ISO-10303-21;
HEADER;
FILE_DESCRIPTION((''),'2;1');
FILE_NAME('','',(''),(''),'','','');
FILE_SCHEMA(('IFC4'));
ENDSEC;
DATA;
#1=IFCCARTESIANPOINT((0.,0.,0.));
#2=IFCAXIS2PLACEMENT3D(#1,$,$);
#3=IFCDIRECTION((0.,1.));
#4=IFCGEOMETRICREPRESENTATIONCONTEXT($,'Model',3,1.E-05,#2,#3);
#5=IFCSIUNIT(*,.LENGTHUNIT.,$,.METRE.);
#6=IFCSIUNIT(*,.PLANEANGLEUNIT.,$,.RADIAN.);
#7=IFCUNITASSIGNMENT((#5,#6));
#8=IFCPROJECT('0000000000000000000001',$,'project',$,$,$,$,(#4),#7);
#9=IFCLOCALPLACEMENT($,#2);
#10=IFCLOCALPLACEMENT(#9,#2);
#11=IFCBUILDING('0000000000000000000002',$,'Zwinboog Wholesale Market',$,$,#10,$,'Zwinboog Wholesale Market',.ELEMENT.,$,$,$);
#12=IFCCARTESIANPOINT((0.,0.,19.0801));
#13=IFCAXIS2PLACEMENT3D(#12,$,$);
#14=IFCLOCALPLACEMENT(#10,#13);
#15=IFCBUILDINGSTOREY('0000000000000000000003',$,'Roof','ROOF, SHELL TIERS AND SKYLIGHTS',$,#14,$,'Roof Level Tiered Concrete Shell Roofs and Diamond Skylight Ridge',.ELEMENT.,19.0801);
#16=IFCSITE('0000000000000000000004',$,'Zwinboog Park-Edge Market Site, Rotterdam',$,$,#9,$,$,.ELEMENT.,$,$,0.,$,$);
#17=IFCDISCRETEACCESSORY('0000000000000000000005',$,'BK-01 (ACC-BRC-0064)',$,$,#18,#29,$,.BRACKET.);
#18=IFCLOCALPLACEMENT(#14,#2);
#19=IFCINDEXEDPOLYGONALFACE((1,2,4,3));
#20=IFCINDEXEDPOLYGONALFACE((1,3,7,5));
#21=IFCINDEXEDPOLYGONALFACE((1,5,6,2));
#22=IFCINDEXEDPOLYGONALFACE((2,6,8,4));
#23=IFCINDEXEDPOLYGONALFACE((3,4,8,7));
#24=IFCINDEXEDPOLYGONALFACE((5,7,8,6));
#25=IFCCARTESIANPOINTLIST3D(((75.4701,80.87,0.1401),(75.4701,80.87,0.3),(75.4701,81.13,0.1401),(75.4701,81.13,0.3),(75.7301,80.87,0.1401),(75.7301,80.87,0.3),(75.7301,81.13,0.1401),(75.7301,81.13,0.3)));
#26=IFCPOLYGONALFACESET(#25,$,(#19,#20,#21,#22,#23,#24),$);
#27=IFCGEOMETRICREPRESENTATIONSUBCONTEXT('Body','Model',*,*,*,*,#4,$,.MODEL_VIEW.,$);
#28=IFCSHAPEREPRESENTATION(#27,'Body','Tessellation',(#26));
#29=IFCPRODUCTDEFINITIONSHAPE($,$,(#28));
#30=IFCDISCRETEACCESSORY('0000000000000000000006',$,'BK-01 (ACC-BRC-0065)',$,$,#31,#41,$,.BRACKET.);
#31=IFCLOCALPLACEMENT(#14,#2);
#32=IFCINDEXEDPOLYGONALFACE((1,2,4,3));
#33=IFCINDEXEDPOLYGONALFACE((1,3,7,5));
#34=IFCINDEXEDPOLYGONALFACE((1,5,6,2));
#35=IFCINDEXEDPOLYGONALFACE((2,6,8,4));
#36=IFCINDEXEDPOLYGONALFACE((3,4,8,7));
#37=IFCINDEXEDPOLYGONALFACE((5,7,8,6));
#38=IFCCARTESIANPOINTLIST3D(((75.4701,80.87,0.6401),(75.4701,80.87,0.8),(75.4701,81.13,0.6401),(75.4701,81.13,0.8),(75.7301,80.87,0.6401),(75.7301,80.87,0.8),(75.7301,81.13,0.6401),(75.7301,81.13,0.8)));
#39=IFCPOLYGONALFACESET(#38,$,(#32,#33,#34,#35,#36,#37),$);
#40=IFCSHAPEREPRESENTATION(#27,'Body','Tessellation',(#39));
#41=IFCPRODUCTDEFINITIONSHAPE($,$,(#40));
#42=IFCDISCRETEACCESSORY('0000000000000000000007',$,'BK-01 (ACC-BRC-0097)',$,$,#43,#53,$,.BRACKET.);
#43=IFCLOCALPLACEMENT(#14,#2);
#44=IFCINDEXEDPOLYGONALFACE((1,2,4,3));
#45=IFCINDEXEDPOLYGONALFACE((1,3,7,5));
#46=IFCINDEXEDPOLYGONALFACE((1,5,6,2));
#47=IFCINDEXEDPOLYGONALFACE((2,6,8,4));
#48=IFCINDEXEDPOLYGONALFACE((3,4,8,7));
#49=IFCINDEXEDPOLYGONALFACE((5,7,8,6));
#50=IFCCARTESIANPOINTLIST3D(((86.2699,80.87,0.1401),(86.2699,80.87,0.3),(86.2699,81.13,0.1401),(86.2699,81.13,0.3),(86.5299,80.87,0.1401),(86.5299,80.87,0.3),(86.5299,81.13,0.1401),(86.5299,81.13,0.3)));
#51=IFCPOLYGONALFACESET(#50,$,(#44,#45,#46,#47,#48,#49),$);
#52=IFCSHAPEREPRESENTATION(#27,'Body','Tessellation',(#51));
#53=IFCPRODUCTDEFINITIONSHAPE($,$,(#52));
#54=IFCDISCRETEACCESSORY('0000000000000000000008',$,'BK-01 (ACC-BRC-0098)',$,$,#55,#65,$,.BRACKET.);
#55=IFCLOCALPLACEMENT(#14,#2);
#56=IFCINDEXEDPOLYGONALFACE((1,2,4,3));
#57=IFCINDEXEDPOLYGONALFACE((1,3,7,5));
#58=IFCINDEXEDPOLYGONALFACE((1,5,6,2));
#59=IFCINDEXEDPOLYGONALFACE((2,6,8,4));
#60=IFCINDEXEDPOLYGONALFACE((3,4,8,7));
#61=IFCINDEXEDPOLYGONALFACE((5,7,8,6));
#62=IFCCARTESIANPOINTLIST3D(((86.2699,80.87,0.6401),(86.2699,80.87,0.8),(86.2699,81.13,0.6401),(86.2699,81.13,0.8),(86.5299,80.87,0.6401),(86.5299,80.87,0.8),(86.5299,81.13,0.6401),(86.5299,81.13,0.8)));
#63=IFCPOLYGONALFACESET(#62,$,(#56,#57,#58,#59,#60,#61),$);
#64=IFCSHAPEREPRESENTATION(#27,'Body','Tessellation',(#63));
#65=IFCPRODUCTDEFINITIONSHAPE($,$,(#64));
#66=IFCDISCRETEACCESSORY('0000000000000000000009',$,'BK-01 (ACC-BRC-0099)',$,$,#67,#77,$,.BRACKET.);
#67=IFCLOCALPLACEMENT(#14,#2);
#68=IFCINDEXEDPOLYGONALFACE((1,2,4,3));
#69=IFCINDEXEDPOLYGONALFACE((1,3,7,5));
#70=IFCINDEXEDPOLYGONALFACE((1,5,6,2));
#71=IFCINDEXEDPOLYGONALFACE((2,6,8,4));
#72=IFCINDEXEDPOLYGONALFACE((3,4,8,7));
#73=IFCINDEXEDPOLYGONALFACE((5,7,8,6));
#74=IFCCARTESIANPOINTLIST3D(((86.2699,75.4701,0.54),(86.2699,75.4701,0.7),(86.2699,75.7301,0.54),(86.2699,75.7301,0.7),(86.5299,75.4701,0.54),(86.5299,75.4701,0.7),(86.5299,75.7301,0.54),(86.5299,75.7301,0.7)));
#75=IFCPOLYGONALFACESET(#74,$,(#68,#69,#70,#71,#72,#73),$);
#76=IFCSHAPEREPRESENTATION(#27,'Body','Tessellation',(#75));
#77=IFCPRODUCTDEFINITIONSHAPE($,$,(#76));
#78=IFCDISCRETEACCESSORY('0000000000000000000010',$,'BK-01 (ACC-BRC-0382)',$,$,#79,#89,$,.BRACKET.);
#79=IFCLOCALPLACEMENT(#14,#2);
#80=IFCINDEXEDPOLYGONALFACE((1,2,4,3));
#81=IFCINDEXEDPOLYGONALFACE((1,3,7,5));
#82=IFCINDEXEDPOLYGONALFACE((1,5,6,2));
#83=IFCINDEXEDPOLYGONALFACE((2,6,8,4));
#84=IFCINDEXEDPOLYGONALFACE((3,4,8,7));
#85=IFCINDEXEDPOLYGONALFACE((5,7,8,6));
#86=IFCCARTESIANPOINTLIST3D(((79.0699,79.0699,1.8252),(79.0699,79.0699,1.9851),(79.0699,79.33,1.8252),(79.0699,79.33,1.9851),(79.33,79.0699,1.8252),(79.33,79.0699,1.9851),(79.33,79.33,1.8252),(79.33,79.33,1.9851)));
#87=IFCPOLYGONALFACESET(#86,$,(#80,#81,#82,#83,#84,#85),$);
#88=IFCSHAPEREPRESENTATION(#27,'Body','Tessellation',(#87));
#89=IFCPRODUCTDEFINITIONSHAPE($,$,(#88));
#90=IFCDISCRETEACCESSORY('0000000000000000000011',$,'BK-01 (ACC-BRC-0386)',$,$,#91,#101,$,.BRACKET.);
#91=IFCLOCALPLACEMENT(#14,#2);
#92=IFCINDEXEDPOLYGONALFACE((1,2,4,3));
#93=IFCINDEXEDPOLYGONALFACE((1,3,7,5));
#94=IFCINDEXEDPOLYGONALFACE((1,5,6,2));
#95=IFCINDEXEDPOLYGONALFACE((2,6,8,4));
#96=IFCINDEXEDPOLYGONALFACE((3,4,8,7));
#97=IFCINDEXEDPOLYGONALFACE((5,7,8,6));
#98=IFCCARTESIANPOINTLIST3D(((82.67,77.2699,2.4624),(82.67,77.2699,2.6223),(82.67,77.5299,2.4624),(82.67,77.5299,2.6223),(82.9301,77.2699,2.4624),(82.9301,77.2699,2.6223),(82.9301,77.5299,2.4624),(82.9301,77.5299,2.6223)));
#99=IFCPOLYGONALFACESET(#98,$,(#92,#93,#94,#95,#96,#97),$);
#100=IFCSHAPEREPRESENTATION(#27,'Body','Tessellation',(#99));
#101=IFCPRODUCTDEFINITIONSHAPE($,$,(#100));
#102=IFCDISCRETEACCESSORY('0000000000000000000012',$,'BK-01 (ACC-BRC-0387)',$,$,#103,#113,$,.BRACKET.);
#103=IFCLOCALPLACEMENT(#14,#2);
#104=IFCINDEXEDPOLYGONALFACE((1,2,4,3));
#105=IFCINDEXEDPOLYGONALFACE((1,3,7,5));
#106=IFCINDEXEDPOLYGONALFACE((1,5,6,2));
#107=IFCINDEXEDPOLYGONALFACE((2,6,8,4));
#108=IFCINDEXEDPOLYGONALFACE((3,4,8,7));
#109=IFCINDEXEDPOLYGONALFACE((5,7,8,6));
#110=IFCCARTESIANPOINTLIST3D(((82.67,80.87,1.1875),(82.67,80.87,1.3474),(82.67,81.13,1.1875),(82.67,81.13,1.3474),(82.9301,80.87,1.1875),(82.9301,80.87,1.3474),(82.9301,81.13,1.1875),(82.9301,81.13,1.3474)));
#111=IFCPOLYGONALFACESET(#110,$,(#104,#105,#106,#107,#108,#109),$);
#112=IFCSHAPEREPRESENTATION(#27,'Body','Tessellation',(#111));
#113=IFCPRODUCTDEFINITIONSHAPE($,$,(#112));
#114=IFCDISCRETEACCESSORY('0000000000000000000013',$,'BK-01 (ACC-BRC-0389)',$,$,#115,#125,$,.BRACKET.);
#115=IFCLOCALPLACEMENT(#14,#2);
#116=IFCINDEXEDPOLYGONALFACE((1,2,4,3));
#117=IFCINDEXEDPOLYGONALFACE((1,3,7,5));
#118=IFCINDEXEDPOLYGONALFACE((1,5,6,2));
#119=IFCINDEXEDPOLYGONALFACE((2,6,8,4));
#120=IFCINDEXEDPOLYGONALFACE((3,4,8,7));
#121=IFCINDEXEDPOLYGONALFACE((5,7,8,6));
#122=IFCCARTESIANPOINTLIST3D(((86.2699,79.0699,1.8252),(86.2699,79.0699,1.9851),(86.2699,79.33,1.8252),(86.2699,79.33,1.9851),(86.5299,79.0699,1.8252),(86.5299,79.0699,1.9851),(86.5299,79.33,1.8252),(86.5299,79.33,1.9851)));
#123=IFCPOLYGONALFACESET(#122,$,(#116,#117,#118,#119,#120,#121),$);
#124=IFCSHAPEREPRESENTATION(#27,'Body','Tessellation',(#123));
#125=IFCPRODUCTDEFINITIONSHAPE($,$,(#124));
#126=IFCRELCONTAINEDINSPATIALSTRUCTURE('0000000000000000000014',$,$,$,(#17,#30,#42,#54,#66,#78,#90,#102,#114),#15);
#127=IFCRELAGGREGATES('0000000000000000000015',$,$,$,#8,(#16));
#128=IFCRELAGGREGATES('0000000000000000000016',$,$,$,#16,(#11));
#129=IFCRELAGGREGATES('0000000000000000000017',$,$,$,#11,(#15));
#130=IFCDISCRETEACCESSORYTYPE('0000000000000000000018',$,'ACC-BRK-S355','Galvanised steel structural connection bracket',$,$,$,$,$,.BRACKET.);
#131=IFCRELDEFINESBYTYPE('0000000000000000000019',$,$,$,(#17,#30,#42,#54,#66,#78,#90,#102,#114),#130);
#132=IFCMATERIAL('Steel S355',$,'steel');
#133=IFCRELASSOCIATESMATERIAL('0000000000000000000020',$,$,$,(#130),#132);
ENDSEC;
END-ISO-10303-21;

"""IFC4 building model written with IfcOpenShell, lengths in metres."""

from ifc_helpers import new_model, si_unit, direction, frame, origin, origin_2d, place, context, subcontext, project, spatial, rectangle, extrude, material, type_object, element, save


model = new_model("IFC4")

# Units and contexts
model_context = context("Model", 3, precision=1e-05, world=origin(), true_north=direction((0.0, 1.0)))
body_context = subcontext(model_context, "Body", "Model", "MODEL_VIEW")
ifc_project = project(units=[si_unit("LENGTHUNIT", "METRE"), si_unit("PLANEANGLEUNIT", "RADIAN")], contexts=[model_context])

# Site, building, storey
site_placement = place(None, origin())
site = spatial("IfcSite", under=ifc_project, at=site_placement, Name="Zwinboog Park-Edge Market Site, Rotterdam", CompositionType="ELEMENT", RefElevation=0.0)
building_placement = place(site_placement, origin())
building = spatial("IfcBuilding", under=site, at=building_placement, Name="Zwinboog Wholesale Market", LongName="Zwinboog Wholesale Market", CompositionType="ELEMENT")
storey_placement = place(building_placement, frame((0.0, 0.0, 19.0801)))
storey = spatial("IfcBuildingStorey", under=building, at=storey_placement, Name="Roof", Description="ROOF, SHELL TIERS AND SKYLIGHTS", LongName="Roof Level Tiered Concrete Shell Roofs and Diamond Skylight Ridge", CompositionType="ELEMENT", Elevation=19.0801)

# Shared definitions
ifc_material_1 = material(Name="Steel S355", Category="steel")

# Discrete accessories
discrete_accessory_type = type_object("IfcDiscreteAccessoryType", Name="ACC-BRK-S355", Description="Galvanised steel structural connection bracket", PredefinedType="BRACKET", material=ifc_material_1)
for number, where, z_axis, x_axis, name in (
    (1, (75.6001, 81.0, 0.1401), (0.0, 0.0, 1.0), (1.0, 0.0, 0.0), "BK-01 (ACC-BRC-0064)"),
    (2, (75.6001, 81.0, 0.6401), (0.0, 0.0, 1.0), (1.0, 0.0, 0.0), "BK-01 (ACC-BRC-0065)"),
    (3, (86.3999, 81.0, 0.1401), (0.0, 0.0, 1.0), (1.0, 0.0, 0.0), "BK-01 (ACC-BRC-0097)"),
    (4, (86.3999, 81.0, 0.6401), (0.0, 0.0, 1.0), (1.0, 0.0, 0.0), "BK-01 (ACC-BRC-0098)"),
    (5, (86.3999, 75.6001, 0.54), (0.0, 0.0, 1.0), (1.0, 0.0, 0.0), "BK-01 (ACC-BRC-0099)"),
    (6, (79.2, 79.2, 1.8252), (0.0, 0.0, 1.0), (1.0, 0.0, 0.0), "BK-01 (ACC-BRC-0382)"),
    (7, (82.8, 77.3999, 2.4624), (0.0, 0.0, 1.0), (1.0, 0.0, 0.0), "BK-01 (ACC-BRC-0386)"),
    (8, (82.8, 81.0, 1.1875), (0.0, 0.0, 1.0), (1.0, 0.0, 0.0), "BK-01 (ACC-BRC-0387)"),
    (9, (86.3999, 79.2, 1.8252), (0.0, 0.0, 1.0), (1.0, 0.0, 0.0), "BK-01 (ACC-BRC-0389)"),
):
    element("IfcDiscreteAccessory", number, at=place(storey_placement, frame(where, z_axis=z_axis, x_axis=x_axis)), inside=storey, type_object=discrete_accessory_type, Name=name, PredefinedType="BRACKET", context=body_context, shape_type="SweptSolid", body=[
        extrude(rectangle(XDim=0.26, YDim=0.26, at=origin_2d()), origin(), (0.0, 0.0, 1.0), 0.1599),
    ])

save(model, "model.ifc")
